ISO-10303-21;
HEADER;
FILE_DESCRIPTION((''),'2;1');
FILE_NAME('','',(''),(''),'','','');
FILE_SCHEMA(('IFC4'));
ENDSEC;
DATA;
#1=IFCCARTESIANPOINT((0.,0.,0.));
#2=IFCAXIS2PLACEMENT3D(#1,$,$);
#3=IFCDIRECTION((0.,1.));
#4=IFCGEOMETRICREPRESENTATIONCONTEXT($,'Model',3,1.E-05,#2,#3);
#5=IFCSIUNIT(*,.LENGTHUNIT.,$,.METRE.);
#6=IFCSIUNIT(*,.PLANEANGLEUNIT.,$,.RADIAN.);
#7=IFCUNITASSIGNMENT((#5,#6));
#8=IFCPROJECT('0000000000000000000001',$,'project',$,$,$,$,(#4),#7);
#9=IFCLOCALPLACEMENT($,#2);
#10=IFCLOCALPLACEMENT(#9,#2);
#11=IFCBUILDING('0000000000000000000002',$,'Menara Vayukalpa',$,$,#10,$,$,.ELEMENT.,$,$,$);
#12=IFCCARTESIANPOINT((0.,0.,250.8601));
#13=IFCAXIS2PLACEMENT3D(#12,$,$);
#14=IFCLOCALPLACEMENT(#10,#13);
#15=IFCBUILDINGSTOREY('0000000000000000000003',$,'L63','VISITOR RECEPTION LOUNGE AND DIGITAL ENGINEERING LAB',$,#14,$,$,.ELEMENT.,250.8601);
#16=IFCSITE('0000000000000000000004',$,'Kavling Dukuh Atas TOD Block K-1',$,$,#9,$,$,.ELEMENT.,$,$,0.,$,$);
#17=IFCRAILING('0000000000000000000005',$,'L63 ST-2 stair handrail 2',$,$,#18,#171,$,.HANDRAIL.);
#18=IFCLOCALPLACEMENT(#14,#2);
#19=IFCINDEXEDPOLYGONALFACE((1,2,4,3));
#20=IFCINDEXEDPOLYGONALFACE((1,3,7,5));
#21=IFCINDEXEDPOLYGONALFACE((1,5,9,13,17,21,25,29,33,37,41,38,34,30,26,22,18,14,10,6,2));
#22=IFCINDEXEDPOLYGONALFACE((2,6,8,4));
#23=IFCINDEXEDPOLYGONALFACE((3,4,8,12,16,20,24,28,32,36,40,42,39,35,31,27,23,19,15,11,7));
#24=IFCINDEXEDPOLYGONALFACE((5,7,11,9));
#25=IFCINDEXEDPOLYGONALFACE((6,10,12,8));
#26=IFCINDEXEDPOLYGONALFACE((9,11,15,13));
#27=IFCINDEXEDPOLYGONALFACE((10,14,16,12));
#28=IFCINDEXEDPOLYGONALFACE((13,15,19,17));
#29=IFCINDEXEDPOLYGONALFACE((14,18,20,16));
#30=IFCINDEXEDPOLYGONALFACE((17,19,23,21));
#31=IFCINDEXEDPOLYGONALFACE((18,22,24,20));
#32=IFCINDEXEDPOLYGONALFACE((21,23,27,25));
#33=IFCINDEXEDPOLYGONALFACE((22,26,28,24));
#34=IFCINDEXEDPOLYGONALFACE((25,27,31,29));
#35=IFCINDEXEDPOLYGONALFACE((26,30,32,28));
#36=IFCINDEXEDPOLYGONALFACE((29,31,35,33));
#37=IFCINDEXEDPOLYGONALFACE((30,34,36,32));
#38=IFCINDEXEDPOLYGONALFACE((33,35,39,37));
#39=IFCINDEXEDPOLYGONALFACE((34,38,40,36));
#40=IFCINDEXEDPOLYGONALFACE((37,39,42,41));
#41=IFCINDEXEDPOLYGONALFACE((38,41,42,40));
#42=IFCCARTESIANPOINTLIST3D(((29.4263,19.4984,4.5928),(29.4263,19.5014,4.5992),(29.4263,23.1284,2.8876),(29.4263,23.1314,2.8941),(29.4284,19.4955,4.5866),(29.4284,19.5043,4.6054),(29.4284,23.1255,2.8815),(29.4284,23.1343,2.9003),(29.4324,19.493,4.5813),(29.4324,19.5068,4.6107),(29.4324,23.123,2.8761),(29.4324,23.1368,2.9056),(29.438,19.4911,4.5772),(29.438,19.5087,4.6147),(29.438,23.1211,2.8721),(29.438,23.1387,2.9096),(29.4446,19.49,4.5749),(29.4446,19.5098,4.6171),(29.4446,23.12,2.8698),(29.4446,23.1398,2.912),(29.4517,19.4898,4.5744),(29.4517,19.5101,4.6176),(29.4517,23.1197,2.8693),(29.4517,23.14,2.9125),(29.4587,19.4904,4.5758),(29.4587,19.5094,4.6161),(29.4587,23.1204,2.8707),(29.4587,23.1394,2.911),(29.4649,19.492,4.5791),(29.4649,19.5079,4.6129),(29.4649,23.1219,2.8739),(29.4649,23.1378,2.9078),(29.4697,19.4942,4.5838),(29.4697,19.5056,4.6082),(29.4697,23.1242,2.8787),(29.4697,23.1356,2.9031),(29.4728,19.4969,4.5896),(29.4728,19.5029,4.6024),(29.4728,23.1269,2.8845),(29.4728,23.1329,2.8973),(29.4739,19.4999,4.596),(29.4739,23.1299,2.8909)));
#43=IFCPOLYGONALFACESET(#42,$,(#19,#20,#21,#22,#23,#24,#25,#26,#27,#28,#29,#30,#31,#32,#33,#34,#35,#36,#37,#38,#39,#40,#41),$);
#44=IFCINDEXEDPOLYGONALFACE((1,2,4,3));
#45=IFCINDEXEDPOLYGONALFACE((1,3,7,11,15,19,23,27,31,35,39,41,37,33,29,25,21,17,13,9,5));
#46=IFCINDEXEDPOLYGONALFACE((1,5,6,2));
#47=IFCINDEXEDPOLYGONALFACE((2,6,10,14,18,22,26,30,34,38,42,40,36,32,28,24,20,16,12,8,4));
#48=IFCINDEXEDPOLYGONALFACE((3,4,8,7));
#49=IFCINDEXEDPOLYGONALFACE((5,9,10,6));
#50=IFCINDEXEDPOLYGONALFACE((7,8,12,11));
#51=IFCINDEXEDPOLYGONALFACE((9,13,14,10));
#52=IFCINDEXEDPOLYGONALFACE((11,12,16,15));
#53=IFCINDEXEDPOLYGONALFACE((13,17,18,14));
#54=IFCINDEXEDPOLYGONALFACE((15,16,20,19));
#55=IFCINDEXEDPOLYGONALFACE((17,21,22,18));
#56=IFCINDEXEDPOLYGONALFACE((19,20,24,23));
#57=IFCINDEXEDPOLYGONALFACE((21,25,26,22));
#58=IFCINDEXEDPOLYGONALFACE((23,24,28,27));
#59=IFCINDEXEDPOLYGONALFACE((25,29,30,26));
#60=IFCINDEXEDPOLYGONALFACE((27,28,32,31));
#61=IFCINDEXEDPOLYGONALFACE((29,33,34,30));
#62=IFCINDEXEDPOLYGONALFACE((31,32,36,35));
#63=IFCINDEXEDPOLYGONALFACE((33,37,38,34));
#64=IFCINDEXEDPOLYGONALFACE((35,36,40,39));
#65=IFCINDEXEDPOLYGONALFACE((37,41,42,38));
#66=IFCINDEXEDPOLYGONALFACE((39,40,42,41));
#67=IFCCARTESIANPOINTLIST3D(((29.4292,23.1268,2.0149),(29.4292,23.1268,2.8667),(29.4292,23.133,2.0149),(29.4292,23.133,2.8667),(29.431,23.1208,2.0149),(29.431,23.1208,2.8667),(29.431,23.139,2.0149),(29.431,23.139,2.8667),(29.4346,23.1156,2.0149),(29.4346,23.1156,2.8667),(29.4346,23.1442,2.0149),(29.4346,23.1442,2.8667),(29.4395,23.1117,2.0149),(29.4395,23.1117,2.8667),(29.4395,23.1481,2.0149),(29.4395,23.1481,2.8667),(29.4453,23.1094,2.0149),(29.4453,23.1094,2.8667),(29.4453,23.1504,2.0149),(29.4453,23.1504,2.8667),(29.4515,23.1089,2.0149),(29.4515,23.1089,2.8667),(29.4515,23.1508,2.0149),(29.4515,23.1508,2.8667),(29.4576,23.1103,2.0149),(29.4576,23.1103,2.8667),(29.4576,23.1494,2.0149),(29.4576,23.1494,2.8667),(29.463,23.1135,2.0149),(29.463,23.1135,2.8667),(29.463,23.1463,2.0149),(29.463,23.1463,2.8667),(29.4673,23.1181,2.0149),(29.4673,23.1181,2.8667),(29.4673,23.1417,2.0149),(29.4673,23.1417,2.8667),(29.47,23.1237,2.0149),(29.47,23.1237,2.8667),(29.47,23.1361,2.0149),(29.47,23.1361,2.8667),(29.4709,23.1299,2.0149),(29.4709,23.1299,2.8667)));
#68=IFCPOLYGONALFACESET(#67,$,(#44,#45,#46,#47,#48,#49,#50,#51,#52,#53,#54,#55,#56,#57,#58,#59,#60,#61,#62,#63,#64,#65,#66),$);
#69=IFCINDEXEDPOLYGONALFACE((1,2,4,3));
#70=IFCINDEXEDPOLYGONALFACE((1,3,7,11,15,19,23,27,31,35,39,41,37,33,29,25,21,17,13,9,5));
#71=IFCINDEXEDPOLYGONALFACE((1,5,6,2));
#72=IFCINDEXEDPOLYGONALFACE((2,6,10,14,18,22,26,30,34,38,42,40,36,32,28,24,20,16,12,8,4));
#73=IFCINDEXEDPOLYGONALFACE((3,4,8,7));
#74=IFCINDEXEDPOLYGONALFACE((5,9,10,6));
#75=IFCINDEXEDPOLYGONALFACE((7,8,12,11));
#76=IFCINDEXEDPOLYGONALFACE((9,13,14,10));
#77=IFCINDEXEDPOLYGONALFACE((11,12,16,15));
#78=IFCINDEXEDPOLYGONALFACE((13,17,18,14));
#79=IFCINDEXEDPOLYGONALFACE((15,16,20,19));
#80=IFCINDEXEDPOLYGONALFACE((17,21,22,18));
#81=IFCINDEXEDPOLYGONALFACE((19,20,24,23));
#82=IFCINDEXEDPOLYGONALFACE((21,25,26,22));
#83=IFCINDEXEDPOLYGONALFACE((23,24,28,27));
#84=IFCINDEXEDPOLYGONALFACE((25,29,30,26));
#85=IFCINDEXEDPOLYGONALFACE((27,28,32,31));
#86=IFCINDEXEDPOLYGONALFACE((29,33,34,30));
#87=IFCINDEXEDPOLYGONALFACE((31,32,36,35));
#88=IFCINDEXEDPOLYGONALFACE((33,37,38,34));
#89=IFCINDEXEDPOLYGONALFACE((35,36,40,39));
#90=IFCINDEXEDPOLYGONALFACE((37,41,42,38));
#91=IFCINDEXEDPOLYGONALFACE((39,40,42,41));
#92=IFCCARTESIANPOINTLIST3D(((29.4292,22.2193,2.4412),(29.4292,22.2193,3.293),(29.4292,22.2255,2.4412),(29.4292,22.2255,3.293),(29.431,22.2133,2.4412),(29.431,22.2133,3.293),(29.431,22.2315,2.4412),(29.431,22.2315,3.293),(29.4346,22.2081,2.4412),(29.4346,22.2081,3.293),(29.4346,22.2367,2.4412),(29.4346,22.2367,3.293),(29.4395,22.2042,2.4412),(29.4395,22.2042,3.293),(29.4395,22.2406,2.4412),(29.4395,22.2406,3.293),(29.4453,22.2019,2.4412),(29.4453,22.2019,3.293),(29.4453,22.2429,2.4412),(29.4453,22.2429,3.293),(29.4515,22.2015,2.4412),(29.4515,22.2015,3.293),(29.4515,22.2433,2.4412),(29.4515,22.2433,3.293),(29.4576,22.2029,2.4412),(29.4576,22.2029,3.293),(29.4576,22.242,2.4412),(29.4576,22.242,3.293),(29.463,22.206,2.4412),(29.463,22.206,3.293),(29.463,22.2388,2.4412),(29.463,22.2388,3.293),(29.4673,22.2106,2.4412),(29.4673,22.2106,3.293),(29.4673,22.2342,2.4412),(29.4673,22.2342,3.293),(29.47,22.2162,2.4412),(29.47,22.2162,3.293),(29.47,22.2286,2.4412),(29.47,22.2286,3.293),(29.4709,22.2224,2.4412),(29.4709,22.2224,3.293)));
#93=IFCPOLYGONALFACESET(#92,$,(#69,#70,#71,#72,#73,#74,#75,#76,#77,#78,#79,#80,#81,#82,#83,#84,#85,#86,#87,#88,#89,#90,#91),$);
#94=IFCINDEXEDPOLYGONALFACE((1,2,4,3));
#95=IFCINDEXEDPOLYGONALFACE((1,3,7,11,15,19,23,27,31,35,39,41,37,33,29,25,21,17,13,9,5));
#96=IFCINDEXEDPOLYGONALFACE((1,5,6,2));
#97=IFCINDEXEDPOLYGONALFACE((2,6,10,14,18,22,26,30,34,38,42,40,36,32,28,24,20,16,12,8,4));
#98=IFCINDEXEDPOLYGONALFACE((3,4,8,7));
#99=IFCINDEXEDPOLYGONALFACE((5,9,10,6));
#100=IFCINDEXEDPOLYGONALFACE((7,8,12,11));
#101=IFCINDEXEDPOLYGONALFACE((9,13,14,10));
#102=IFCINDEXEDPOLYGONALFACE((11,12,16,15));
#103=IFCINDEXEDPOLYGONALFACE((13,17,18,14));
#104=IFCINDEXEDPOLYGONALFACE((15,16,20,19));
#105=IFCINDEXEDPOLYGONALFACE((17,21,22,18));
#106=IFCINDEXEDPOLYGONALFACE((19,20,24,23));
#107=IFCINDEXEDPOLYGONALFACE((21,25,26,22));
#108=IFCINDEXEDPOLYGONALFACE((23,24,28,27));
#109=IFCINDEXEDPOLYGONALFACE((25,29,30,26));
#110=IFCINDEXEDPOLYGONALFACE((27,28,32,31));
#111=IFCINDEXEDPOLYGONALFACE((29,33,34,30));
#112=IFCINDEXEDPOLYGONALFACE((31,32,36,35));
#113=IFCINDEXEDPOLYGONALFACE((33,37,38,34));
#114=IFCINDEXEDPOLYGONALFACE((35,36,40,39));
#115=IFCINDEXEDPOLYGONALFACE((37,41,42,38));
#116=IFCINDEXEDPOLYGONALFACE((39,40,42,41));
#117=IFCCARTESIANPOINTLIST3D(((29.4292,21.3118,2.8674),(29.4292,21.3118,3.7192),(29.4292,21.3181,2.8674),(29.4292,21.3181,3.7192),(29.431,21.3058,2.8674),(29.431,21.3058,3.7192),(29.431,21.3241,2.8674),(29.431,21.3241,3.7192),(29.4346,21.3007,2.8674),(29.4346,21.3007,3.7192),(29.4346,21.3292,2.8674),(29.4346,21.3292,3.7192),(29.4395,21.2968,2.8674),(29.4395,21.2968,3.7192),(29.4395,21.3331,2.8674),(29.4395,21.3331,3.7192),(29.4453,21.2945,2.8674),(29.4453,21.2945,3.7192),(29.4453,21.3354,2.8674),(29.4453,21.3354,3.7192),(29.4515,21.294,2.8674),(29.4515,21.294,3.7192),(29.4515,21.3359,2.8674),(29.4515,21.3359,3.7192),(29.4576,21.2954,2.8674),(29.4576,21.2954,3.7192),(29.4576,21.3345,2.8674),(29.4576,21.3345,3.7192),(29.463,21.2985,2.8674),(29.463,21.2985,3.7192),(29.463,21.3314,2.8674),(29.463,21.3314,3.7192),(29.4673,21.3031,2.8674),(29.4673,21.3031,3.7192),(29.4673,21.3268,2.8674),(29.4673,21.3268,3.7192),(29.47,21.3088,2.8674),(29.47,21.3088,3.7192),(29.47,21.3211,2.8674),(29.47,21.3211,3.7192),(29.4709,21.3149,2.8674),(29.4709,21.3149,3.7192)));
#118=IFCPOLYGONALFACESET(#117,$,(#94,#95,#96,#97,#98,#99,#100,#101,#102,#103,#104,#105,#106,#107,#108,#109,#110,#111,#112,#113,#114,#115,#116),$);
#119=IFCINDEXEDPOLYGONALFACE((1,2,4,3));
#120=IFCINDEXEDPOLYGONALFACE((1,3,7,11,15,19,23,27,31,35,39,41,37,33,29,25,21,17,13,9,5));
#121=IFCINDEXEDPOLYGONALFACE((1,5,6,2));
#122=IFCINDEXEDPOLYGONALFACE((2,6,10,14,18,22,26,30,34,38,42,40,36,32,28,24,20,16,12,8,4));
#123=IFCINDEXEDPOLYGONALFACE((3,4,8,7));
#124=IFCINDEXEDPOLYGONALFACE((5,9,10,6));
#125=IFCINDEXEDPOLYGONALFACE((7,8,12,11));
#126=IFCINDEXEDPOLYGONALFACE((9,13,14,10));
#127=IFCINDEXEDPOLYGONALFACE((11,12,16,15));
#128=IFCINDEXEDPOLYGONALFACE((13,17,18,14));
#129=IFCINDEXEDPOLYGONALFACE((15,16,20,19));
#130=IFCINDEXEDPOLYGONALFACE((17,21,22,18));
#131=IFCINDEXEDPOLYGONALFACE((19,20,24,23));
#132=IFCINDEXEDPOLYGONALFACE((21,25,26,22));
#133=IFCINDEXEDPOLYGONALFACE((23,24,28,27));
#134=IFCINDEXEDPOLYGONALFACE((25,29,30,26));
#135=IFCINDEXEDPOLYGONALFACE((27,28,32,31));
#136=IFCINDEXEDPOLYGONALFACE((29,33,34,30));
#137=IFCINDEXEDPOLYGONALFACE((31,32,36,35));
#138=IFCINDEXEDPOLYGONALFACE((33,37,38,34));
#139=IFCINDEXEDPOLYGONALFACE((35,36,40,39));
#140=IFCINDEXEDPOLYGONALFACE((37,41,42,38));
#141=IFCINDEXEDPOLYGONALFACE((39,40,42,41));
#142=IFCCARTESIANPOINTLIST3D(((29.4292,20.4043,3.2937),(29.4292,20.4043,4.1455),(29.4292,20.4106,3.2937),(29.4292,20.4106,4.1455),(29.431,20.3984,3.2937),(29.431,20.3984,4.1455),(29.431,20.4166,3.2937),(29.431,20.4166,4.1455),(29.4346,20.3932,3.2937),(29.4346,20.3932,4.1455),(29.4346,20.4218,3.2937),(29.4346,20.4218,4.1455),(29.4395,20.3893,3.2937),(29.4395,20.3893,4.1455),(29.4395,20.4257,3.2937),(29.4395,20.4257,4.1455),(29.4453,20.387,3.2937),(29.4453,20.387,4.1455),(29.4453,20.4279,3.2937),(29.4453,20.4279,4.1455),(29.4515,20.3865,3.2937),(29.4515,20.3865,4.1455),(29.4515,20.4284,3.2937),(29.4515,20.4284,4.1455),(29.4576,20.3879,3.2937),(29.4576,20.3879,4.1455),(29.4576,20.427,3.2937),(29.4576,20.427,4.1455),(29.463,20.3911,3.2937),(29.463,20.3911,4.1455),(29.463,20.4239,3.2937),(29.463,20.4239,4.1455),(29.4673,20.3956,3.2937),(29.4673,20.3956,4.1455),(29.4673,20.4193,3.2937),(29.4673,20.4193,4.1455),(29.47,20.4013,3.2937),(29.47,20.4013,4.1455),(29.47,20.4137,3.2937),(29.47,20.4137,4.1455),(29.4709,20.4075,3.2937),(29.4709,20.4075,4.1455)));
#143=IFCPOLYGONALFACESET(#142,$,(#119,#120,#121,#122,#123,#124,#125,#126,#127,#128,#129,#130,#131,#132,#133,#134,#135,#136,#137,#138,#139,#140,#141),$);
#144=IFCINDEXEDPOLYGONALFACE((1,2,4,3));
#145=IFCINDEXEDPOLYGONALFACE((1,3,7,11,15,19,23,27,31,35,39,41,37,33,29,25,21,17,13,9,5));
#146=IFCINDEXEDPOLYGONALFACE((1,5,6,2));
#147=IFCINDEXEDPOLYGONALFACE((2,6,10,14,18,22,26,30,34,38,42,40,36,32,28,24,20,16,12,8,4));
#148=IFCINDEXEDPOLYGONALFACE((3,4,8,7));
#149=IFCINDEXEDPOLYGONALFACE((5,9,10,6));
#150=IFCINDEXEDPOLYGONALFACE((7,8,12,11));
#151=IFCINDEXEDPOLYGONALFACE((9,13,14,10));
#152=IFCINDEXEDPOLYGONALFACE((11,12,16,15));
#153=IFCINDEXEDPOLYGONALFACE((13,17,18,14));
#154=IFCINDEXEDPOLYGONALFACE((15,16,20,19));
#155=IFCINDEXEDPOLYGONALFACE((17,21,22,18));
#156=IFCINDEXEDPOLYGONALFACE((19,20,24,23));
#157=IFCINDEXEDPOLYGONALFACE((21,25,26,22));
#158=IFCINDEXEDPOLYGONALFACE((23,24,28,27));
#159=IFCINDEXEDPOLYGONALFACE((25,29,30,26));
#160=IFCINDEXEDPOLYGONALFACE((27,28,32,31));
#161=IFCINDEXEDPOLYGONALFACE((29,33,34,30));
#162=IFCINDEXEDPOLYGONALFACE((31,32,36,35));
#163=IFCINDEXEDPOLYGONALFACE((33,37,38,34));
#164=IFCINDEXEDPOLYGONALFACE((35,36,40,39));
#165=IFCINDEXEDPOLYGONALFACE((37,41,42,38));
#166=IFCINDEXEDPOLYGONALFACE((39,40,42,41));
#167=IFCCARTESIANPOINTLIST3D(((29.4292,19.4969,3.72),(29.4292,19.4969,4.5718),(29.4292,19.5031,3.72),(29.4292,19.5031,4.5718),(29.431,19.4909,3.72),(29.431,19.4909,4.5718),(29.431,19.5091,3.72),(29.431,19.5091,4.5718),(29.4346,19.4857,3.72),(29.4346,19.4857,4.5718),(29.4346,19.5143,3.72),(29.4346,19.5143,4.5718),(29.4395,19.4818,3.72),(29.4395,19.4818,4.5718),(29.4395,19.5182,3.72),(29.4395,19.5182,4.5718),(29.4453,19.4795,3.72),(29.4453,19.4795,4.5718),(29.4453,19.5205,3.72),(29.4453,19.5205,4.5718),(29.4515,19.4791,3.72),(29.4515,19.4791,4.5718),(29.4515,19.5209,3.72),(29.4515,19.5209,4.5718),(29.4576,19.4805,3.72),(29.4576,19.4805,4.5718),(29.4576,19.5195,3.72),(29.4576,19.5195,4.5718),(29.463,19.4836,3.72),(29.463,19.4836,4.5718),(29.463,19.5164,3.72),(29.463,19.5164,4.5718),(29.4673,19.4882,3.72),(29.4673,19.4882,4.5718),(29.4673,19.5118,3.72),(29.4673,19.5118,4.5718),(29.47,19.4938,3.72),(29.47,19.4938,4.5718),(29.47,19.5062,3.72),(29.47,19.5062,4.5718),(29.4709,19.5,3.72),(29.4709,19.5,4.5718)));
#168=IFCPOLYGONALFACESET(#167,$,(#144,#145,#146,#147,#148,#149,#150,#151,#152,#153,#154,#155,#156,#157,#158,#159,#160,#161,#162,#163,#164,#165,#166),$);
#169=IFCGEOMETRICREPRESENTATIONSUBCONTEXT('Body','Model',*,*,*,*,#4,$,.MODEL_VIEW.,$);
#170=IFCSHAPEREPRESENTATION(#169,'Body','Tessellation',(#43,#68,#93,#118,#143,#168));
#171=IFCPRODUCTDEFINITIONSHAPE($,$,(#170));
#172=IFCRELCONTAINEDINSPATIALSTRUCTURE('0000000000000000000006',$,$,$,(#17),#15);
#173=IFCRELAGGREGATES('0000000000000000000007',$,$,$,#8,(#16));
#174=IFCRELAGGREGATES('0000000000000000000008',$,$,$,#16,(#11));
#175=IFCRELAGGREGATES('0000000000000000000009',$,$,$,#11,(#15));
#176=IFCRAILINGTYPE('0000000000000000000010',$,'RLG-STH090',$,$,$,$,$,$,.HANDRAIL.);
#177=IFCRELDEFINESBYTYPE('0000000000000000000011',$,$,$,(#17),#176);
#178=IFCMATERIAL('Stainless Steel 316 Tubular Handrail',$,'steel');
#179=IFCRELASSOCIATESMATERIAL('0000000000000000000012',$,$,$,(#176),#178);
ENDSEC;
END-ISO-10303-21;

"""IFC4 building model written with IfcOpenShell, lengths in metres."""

from ifc_helpers import new_model, si_unit, direction, frame, origin, origin_2d, place, context, subcontext, project, spatial, circle, extrude, material, type_object, element, save


model = new_model("IFC4")

# Units and contexts
model_context = context("Model", 3, precision=1e-05, world=origin(), true_north=direction((0.0, 1.0)))
body_context = subcontext(model_context, "Body", "Model", "MODEL_VIEW")
ifc_project = project(units=[si_unit("LENGTHUNIT", "METRE"), si_unit("PLANEANGLEUNIT", "RADIAN")], contexts=[model_context])

# Site, building, storey
site_placement = place(None, origin())
site = spatial("IfcSite", under=ifc_project, at=site_placement, Name="Kavling Dukuh Atas TOD Block K-1", CompositionType="ELEMENT", RefElevation=0.0)
building_placement = place(site_placement, origin())
building = spatial("IfcBuilding", under=site, at=building_placement, Name="Menara Vayukalpa", CompositionType="ELEMENT")
storey_placement = place(building_placement, frame((0.0, 0.0, 250.8601)))
storey = spatial("IfcBuildingStorey", under=building, at=storey_placement, Name="L63", Description="VISITOR RECEPTION LOUNGE AND DIGITAL ENGINEERING LAB", CompositionType="ELEMENT", Elevation=250.8601)

# Railing
ifc_material_1 = material(Name="Stainless Steel 316 Tubular Handrail", Category="steel")
railing_type_1 = type_object("IfcRailingType", Name="RLG-STH090", PredefinedType="HANDRAIL", material=ifc_material_1)
railing_1_placement = place(storey_placement, frame((29.45, 23.1299, 2.0149)))
element("IfcRailing", 1, at=railing_1_placement, inside=storey, type_object=railing_type_1, Name="L63 ST-2 stair handrail 2", PredefinedType="HANDRAIL", context=body_context, shape_type="SweptSolid", body=[
    extrude(circle(Radius=0.0239, at=origin_2d()), frame((0.0, 0.0, 0.876), z_axis=(0.0, -0.905116, 0.425164), x_axis=(1.0, 0.0, 0.0)), (0.0, 0.0, 1.0), 4.0105),
    extrude(circle(Radius=0.021, at=origin_2d()), origin(), (0.0, 0.0, 1.0), 0.8518),
    extrude(circle(Radius=0.021, at=origin_2d()), frame((0.0, -0.9075, 0.4263)), (0.0, 0.0, 1.0), 0.8518),
    extrude(circle(Radius=0.021, at=origin_2d()), frame((0.0, -1.8149, 0.8525)), (0.0, 0.0, 1.0), 0.8518),
    extrude(circle(Radius=0.021, at=origin_2d()), frame((0.0, -2.7224, 1.2788)), (0.0, 0.0, 1.0), 0.8518),
    extrude(circle(Radius=0.021, at=origin_2d()), frame((0.0, -3.6299, 1.7051)), (0.0, 0.0, 1.0), 0.8518),
])

save(model, "model.ifc")
